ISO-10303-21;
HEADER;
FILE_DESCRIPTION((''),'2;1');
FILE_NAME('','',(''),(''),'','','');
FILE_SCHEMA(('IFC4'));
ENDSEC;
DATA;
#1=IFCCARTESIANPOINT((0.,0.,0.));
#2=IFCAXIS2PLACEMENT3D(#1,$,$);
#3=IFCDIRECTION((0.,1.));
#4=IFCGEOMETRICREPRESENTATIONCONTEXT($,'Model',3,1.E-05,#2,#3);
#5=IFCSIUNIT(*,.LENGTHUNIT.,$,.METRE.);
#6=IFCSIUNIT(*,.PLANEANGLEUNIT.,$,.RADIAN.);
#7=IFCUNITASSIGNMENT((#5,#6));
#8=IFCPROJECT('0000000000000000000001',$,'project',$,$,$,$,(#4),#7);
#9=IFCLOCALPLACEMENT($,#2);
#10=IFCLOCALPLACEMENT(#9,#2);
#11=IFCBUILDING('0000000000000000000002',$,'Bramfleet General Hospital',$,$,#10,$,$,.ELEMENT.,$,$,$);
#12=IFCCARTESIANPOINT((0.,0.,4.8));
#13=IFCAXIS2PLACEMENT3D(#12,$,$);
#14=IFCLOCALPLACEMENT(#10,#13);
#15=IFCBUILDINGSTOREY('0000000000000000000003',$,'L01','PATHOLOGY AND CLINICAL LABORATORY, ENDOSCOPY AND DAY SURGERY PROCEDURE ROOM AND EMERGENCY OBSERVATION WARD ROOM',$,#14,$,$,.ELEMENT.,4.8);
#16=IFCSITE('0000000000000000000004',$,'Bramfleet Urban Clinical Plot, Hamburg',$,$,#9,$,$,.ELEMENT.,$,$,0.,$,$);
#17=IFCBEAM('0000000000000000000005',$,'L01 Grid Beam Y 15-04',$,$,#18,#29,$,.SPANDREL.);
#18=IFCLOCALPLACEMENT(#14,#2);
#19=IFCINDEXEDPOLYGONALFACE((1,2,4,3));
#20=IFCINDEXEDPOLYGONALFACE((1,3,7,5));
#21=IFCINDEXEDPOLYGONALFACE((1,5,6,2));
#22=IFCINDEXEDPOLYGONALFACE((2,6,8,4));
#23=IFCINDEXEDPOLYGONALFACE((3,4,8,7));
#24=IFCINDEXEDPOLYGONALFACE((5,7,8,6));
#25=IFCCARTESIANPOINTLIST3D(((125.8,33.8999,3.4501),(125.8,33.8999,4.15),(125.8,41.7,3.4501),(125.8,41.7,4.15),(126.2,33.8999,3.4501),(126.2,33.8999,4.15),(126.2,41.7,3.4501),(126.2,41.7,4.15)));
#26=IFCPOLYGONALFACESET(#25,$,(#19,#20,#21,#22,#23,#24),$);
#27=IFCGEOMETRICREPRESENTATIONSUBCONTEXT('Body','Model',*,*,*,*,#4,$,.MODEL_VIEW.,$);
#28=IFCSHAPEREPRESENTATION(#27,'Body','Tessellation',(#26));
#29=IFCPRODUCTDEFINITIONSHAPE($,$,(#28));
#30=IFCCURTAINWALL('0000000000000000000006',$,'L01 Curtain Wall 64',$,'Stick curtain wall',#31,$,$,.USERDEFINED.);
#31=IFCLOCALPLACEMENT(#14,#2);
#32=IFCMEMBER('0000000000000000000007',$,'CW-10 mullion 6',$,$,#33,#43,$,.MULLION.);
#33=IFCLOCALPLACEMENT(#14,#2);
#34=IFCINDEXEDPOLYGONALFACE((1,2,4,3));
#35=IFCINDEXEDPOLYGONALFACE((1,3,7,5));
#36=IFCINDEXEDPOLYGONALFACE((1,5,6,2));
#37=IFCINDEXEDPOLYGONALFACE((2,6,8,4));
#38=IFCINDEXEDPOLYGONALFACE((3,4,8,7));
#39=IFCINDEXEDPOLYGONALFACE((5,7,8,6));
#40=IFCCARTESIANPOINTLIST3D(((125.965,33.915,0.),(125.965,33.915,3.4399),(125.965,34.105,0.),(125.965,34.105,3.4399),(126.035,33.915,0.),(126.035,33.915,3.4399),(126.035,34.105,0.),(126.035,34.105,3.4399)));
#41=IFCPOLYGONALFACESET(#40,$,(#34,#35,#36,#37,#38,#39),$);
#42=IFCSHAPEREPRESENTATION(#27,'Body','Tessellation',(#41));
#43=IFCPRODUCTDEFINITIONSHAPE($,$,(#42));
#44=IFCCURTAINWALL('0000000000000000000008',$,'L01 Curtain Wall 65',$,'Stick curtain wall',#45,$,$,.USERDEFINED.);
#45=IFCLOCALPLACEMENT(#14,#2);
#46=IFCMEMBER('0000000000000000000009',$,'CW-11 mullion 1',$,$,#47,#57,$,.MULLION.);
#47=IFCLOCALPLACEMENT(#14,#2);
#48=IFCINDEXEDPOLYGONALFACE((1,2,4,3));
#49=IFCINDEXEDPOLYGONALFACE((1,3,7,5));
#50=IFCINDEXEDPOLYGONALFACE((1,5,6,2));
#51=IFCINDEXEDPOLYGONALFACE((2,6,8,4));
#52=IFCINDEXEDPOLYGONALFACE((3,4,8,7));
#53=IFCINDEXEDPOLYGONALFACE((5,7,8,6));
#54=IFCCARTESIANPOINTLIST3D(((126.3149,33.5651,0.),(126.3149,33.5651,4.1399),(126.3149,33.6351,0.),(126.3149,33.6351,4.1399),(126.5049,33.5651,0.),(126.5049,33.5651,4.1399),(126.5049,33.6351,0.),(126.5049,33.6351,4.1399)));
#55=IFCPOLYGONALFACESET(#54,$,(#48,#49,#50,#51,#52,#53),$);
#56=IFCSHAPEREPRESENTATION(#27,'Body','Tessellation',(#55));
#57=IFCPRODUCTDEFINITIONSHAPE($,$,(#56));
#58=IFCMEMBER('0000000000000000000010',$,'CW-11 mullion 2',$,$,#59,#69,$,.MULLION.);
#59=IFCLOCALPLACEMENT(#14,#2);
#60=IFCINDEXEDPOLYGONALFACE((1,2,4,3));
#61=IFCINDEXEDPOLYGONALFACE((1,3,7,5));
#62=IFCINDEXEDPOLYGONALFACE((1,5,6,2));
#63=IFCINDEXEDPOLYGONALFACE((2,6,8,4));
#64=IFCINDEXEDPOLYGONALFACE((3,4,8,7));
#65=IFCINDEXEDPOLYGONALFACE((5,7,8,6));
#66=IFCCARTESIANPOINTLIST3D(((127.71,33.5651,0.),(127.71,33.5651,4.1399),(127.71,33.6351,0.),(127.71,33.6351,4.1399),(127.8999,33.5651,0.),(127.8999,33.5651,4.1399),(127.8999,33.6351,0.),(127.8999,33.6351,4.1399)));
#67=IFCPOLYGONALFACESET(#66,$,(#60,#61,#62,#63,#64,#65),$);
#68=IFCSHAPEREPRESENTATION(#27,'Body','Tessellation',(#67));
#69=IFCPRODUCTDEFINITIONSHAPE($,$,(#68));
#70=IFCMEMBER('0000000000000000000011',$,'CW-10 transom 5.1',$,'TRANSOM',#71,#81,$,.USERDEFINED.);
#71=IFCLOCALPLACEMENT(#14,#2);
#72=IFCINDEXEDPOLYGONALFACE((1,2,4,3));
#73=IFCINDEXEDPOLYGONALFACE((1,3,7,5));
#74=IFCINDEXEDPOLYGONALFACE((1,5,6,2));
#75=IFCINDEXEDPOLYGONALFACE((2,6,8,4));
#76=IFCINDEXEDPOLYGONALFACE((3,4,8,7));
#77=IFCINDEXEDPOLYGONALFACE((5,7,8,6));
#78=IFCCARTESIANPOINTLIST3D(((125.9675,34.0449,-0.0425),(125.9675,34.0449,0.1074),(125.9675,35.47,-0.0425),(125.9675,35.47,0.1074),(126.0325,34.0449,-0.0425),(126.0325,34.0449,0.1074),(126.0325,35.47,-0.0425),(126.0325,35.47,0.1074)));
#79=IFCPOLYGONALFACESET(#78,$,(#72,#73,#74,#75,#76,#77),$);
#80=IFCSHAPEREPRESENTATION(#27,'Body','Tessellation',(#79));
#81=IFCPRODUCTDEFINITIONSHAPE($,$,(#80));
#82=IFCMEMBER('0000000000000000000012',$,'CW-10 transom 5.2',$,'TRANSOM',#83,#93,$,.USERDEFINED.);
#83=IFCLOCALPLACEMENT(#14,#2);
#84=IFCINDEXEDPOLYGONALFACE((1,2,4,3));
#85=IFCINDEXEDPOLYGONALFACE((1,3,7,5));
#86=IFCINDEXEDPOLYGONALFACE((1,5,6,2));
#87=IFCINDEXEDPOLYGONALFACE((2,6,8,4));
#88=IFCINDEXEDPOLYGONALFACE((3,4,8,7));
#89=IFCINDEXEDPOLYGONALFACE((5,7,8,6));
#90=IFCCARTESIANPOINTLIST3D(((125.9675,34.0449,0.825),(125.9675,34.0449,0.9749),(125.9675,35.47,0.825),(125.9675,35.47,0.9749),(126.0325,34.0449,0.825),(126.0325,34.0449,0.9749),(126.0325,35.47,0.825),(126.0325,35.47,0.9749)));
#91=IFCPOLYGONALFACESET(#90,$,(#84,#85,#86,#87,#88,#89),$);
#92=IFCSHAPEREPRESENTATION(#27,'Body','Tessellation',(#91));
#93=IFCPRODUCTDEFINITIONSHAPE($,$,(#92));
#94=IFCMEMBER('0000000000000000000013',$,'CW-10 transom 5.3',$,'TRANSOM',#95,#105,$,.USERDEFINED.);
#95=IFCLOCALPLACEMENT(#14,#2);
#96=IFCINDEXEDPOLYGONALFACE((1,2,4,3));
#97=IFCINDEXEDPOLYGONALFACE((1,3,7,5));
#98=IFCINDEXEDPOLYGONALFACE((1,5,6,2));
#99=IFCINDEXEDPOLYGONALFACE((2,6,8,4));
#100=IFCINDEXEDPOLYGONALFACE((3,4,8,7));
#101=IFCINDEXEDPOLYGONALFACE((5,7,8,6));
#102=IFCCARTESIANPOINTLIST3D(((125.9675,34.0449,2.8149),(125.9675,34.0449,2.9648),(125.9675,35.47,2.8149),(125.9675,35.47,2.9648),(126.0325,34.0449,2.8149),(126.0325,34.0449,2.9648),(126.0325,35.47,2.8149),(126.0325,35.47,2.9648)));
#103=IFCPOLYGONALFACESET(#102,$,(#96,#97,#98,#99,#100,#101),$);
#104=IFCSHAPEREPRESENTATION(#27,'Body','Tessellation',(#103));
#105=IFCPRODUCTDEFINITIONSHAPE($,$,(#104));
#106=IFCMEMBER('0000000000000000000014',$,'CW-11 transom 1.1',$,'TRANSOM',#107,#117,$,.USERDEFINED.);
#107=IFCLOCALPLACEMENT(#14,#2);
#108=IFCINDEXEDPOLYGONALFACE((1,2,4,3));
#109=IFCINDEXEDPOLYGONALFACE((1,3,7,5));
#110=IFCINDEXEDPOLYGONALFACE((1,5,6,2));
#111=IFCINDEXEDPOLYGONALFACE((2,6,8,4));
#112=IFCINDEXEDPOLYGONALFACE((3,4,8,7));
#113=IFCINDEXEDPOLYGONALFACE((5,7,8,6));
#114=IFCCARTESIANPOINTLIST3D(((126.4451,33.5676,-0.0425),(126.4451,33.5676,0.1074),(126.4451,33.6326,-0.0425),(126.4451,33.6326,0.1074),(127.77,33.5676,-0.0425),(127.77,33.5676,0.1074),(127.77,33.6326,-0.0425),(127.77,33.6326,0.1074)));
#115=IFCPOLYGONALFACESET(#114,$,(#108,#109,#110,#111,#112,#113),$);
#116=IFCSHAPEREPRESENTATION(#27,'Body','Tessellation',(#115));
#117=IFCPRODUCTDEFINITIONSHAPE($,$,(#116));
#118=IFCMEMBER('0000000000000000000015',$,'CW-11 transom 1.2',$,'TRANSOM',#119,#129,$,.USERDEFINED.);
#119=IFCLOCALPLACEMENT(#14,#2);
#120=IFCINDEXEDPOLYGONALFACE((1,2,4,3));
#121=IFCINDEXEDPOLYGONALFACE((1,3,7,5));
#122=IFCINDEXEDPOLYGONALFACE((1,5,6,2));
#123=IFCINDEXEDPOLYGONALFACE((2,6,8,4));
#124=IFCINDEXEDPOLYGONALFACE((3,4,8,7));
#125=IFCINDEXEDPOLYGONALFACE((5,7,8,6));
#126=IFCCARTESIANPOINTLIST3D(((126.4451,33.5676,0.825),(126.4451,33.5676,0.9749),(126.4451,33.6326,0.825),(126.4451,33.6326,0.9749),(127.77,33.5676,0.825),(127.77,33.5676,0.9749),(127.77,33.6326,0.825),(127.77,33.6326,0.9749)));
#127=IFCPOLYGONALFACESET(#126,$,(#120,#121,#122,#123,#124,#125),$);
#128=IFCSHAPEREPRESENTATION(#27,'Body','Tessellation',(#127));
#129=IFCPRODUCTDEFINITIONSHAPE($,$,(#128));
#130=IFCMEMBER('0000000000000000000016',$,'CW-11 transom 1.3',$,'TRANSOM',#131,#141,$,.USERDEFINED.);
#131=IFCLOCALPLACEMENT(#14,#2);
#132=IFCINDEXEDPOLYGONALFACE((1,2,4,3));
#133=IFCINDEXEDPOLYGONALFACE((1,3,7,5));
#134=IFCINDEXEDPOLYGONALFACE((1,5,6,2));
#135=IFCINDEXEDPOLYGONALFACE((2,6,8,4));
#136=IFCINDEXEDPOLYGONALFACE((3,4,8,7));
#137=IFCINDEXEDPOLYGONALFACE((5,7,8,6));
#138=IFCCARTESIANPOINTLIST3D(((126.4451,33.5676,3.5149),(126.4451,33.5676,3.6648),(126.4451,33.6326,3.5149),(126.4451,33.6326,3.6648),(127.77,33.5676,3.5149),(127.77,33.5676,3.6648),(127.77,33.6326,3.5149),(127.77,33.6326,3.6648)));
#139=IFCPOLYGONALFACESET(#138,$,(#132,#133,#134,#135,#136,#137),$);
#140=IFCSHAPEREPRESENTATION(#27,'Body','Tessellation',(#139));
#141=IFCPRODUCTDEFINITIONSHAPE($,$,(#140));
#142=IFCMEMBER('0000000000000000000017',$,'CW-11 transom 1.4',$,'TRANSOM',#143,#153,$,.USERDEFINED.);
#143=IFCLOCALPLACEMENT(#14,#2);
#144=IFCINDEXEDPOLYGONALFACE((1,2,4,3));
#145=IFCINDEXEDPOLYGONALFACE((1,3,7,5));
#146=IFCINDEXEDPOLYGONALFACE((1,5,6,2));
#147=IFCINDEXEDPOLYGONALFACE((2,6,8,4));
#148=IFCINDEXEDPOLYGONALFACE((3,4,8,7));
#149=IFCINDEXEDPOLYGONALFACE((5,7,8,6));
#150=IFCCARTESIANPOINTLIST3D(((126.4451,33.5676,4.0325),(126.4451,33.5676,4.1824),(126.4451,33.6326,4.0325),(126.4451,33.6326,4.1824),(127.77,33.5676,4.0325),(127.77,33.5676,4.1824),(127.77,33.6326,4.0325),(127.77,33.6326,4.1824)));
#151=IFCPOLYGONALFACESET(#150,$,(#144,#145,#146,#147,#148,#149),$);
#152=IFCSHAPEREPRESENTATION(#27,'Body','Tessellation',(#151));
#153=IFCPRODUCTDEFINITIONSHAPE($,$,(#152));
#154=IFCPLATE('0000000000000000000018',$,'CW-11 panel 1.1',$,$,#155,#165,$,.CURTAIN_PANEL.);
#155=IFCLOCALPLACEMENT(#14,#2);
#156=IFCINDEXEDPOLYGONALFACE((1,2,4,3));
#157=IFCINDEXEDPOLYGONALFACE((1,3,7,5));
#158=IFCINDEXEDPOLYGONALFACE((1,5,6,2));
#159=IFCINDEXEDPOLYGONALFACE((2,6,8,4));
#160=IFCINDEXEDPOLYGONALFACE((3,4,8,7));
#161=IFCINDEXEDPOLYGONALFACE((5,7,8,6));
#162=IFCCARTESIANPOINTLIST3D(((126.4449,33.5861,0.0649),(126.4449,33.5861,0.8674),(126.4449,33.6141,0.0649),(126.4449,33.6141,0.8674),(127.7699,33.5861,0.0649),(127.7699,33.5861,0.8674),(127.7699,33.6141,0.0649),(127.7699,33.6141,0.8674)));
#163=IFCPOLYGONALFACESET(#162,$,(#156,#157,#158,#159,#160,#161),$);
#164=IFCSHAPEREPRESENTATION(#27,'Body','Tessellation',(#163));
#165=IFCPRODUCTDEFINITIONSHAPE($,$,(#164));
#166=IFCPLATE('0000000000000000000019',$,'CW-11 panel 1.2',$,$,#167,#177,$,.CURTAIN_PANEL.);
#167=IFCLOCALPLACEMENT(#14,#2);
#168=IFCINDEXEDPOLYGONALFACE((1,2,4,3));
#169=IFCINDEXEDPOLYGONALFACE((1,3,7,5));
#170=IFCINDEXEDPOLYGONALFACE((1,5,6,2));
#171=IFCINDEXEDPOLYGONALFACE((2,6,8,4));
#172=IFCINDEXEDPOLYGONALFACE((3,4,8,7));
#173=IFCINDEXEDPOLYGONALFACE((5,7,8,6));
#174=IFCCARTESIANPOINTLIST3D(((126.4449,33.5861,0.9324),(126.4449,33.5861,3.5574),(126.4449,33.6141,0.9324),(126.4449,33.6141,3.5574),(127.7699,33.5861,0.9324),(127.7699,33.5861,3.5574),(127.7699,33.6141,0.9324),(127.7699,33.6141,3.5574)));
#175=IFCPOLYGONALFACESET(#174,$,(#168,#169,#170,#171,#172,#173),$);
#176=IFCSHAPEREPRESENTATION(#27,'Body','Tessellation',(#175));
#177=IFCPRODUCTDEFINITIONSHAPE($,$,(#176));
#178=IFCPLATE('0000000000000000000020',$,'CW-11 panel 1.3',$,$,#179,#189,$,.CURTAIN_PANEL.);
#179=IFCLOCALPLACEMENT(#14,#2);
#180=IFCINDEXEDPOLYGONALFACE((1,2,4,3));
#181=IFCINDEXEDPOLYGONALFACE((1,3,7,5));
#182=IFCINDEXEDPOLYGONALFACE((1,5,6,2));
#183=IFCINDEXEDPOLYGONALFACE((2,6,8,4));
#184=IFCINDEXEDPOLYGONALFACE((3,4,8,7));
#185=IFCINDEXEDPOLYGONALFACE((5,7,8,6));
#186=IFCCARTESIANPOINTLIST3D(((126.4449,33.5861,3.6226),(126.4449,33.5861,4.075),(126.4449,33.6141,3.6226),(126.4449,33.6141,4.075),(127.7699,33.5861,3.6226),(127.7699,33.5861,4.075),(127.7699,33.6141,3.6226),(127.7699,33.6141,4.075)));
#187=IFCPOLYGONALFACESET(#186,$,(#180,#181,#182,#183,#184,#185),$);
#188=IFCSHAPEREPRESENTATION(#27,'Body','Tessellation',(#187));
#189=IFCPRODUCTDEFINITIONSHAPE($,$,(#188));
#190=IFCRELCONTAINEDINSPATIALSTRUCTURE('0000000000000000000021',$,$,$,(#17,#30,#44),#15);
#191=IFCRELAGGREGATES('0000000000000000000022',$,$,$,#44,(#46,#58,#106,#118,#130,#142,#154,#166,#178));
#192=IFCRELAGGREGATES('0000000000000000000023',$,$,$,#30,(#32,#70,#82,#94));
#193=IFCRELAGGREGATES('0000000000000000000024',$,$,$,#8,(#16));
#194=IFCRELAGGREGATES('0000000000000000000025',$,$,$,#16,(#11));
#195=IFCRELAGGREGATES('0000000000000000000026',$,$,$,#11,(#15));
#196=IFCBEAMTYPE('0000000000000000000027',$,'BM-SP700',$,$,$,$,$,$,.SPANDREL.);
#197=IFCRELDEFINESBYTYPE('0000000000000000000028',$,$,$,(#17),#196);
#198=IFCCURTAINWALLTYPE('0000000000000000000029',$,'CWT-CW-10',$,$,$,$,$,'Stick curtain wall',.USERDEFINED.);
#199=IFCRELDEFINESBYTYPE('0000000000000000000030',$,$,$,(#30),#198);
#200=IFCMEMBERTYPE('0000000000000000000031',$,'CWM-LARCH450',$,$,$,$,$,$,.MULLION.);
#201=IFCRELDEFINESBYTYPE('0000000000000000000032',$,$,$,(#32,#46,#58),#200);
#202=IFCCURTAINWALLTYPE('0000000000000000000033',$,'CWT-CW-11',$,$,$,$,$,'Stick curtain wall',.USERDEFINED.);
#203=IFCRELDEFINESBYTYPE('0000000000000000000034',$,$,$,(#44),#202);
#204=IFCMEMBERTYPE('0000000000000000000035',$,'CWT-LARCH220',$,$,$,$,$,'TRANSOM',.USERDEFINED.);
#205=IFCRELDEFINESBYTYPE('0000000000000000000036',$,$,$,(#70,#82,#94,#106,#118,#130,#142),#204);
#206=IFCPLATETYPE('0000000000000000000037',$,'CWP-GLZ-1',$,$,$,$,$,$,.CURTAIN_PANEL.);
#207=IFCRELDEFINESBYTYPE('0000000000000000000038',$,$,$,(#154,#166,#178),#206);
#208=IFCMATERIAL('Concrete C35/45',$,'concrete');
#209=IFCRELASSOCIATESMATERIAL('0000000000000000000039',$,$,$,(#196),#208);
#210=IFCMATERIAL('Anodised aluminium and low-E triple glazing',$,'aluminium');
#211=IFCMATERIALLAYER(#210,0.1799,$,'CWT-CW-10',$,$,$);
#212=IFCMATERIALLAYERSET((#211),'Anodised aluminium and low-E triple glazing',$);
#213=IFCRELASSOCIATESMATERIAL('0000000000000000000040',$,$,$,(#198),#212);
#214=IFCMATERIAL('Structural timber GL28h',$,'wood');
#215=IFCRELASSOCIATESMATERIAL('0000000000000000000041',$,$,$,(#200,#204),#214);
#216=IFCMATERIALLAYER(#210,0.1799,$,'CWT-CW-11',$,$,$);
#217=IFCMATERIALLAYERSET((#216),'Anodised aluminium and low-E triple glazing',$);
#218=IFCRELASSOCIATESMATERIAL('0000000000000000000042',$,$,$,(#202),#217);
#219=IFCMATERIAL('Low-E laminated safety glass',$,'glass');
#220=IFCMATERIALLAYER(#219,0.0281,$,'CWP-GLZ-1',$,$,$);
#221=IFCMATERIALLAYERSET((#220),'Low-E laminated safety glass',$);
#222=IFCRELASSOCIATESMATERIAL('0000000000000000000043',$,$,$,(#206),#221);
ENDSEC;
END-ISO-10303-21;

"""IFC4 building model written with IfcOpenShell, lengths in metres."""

from ifc_helpers import new_model, si_unit, direction, frame, origin, origin_2d, place, context, subcontext, project, spatial, rectangle, extrude, material, layer, layer_set, material_profile, profile_set, type_object, element, aggregate, save


model = new_model("IFC4")

# Units and contexts
model_context = context("Model", 3, precision=1e-05, world=origin(), true_north=direction((0.0, 1.0)))
body_context = subcontext(model_context, "Body", "Model", "MODEL_VIEW")
ifc_project = project(units=[si_unit("LENGTHUNIT", "METRE"), si_unit("PLANEANGLEUNIT", "RADIAN")], contexts=[model_context])

# Site, building, storey
site_placement = place(None, origin())
site = spatial("IfcSite", under=ifc_project, at=site_placement, Name="Bramfleet Urban Clinical Plot, Hamburg", CompositionType="ELEMENT", RefElevation=0.0)
building_placement = place(site_placement, origin())
building = spatial("IfcBuilding", under=site, at=building_placement, Name="Bramfleet General Hospital", CompositionType="ELEMENT")
storey_placement = place(building_placement, frame((0.0, 0.0, 4.8)))
storey = spatial("IfcBuildingStorey", under=building, at=storey_placement, Name="L01", Description="PATHOLOGY AND CLINICAL LABORATORY, ENDOSCOPY AND DAY SURGERY PROCEDURE ROOM AND EMERGENCY OBSERVATION WARD ROOM", CompositionType="ELEMENT", Elevation=4.8)

# Beam
ifc_material_1 = material(Name="Concrete C35/45", Category="concrete")
ifc_material_profile_1 = material_profile(ifc_material_1, rectangle(XDim=0.3999, YDim=0.7, at=origin_2d()), Name="RC SP 700x400")
ifc_profile_set_1 = profile_set([ifc_material_profile_1], Name="Concrete C35/45")
beam_type = type_object("IfcBeamType", Name="BM-SP700", PredefinedType="SPANDREL", material=ifc_profile_set_1)
beam_placement = place(storey_placement, frame((126.0, 33.8999, 3.8), z_axis=(0.0, 1.0, 0.0), x_axis=(-1.0, 0.0, 0.0)))
element("IfcBeam", 1, at=beam_placement, inside=storey, type_object=beam_type, Name="L01 Grid Beam Y 15-04", PredefinedType="SPANDREL", context=body_context, shape_type="SweptSolid", body=[
    extrude(rectangle(XDim=0.3999, YDim=0.7, at=origin_2d()), origin(), (0.0, 0.0, 1.0), 7.8),
])

# Curtain wall, member
ifc_material_2 = material(Name="Anodised aluminium and low-E triple glazing", Category="aluminium")
ifc_layer_1 = layer(ifc_material_2, 0.1799, Name="CWT-CW-10")
ifc_layer_set_1 = layer_set([ifc_layer_1], Name="Anodised aluminium and low-E triple glazing")
curtain_wall_type_1 = type_object("IfcCurtainWallType", Name="CWT-CW-10", ElementType="Stick curtain wall", PredefinedType="USERDEFINED", material=ifc_layer_set_1)
curtain_wall_1_placement = place(storey_placement, origin())
curtain_wall_1 = element("IfcCurtainWall", 2, at=curtain_wall_1_placement, inside=storey, type_object=curtain_wall_type_1, Name="L01 Curtain Wall 64", ObjectType="Stick curtain wall", PredefinedType="USERDEFINED")
ifc_material_3 = material(Name="Structural timber GL28h", Category="wood")
ifc_material_profile_2 = material_profile(ifc_material_3, rectangle(XDim=0.0701, YDim=0.1899, at=origin_2d()), Name="LARCH 190x70")
ifc_profile_set_2 = profile_set([ifc_material_profile_2], Name="Structural timber GL28h")
member_type_1 = type_object("IfcMemberType", Name="CWM-LARCH450", PredefinedType="MULLION", material=ifc_profile_set_2)
member_1_placement = place(storey_placement, frame((126.0, 34.01, 0.0), z_axis=(0.0, 0.0, 1.0), x_axis=(1.0, 0.0, 0.0)))
member_1 = element("IfcMember", 3, at=member_1_placement, type_object=member_type_1, Name="CW-10 mullion 6", PredefinedType="MULLION", context=body_context, shape_type="SweptSolid", body=[
    extrude(rectangle(XDim=0.0701, YDim=0.1899, at=origin_2d()), origin(), (0.0, 0.0, 1.0), 3.4399),
])

# Curtain wall, members
ifc_layer_2 = layer(ifc_material_2, 0.1799, Name="CWT-CW-11")
ifc_layer_set_2 = layer_set([ifc_layer_2], Name="Anodised aluminium and low-E triple glazing")
curtain_wall_type_2 = type_object("IfcCurtainWallType", Name="CWT-CW-11", ElementType="Stick curtain wall", PredefinedType="USERDEFINED", material=ifc_layer_set_2)
curtain_wall_2_placement = place(storey_placement, origin())
curtain_wall_2 = element("IfcCurtainWall", 4, at=curtain_wall_2_placement, inside=storey, type_object=curtain_wall_type_2, Name="L01 Curtain Wall 65", ObjectType="Stick curtain wall", PredefinedType="USERDEFINED")
member_2_placement = place(storey_placement, frame((126.4099, 33.6001, 0.0), z_axis=(0.0, 0.0, 1.0), x_axis=(0.0, 1.0, 0.0)))
member_2 = element("IfcMember", 5, at=member_2_placement, type_object=member_type_1, Name="CW-11 mullion 1", PredefinedType="MULLION", context=body_context, shape_type="SweptSolid", body=[
    extrude(rectangle(XDim=0.0701, YDim=0.1899, at=origin_2d()), origin(), (0.0, 0.0, 1.0), 4.1399),
])
member_3_placement = place(storey_placement, frame((127.8049, 33.6001, 0.0), z_axis=(0.0, 0.0, 1.0), x_axis=(0.0, 1.0, 0.0)))
member_3 = element("IfcMember", 6, at=member_3_placement, type_object=member_type_1, Name="CW-11 mullion 2", PredefinedType="MULLION", context=body_context, shape_type="SweptSolid", body=[
    extrude(rectangle(XDim=0.0701, YDim=0.1899, at=origin_2d()), origin(), (0.0, 0.0, 1.0), 4.1399),
])

# Members
ifc_material_profile_3 = material_profile(ifc_material_3, rectangle(XDim=0.0649, YDim=0.1499, at=origin_2d()), Name="LARCH 150x65")
ifc_profile_set_3 = profile_set([ifc_material_profile_3], Name="Structural timber GL28h")
member_type_2 = type_object("IfcMemberType", Name="CWT-LARCH220", ElementType="TRANSOM", PredefinedType="USERDEFINED", material=ifc_profile_set_3)
member_4_placement = place(storey_placement, frame((126.0, 35.47, 0.0325), z_axis=(0.0, -1.0, 0.0), x_axis=(1.0, 0.0, 0.0)))
member_4 = element("IfcMember", 7, at=member_4_placement, type_object=member_type_2, Name="CW-10 transom 5.1", ObjectType="TRANSOM", PredefinedType="USERDEFINED", context=body_context, shape_type="SweptSolid", body=[
    extrude(rectangle(XDim=0.0649, YDim=0.1499, at=origin_2d()), origin(), (0.0, 0.0, 1.0), 1.425),
])
member_5_placement = place(storey_placement, frame((126.0, 35.47, 0.8999), z_axis=(0.0, -1.0, 0.0), x_axis=(1.0, 0.0, 0.0)))
member_5 = element("IfcMember", 8, at=member_5_placement, type_object=member_type_2, Name="CW-10 transom 5.2", ObjectType="TRANSOM", PredefinedType="USERDEFINED", context=body_context, shape_type="SweptSolid", body=[
    extrude(rectangle(XDim=0.0649, YDim=0.1499, at=origin_2d()), origin(), (0.0, 0.0, 1.0), 1.425),
])
member_6_placement = place(storey_placement, frame((126.0, 35.47, 2.8899), z_axis=(0.0, -1.0, 0.0), x_axis=(1.0, 0.0, 0.0)))
member_6 = element("IfcMember", 9, at=member_6_placement, type_object=member_type_2, Name="CW-10 transom 5.3", ObjectType="TRANSOM", PredefinedType="USERDEFINED", context=body_context, shape_type="SweptSolid", body=[
    extrude(rectangle(XDim=0.0649, YDim=0.1499, at=origin_2d()), origin(), (0.0, 0.0, 1.0), 1.425),
])
member_7_placement = place(storey_placement, frame((126.4451, 33.6001, 0.0325), z_axis=(1.0, 0.0, 0.0), x_axis=(0.0, 1.0, 0.0)))
member_7 = element("IfcMember", 10, at=member_7_placement, type_object=member_type_2, Name="CW-11 transom 1.1", ObjectType="TRANSOM", PredefinedType="USERDEFINED", context=body_context, shape_type="SweptSolid", body=[
    extrude(rectangle(XDim=0.0649, YDim=0.1499, at=origin_2d()), origin(), (0.0, 0.0, 1.0), 1.325),
])
member_8_placement = place(storey_placement, frame((126.4451, 33.6001, 0.8999), z_axis=(1.0, 0.0, 0.0), x_axis=(0.0, 1.0, 0.0)))
member_8 = element("IfcMember", 11, at=member_8_placement, type_object=member_type_2, Name="CW-11 transom 1.2", ObjectType="TRANSOM", PredefinedType="USERDEFINED", context=body_context, shape_type="SweptSolid", body=[
    extrude(rectangle(XDim=0.0649, YDim=0.1499, at=origin_2d()), origin(), (0.0, 0.0, 1.0), 1.325),
])
member_9_placement = place(storey_placement, frame((126.4451, 33.6001, 3.5898), z_axis=(1.0, 0.0, 0.0), x_axis=(0.0, 1.0, 0.0)))
member_9 = element("IfcMember", 12, at=member_9_placement, type_object=member_type_2, Name="CW-11 transom 1.3", ObjectType="TRANSOM", PredefinedType="USERDEFINED", context=body_context, shape_type="SweptSolid", body=[
    extrude(rectangle(XDim=0.0649, YDim=0.1499, at=origin_2d()), origin(), (0.0, 0.0, 1.0), 1.325),
])
member_10_placement = place(storey_placement, frame((126.4451, 33.6001, 4.1074), z_axis=(1.0, 0.0, 0.0), x_axis=(0.0, 1.0, 0.0)))
member_10 = element("IfcMember", 13, at=member_10_placement, type_object=member_type_2, Name="CW-11 transom 1.4", ObjectType="TRANSOM", PredefinedType="USERDEFINED", context=body_context, shape_type="SweptSolid", body=[
    extrude(rectangle(XDim=0.0649, YDim=0.1499, at=origin_2d()), origin(), (0.0, 0.0, 1.0), 1.325),
])

# Plates
ifc_material_4 = material(Name="Low-E laminated safety glass", Category="glass")
ifc_layer_3 = layer(ifc_material_4, 0.0281, Name="CWP-GLZ-1")
ifc_layer_set_3 = layer_set([ifc_layer_3], Name="Low-E laminated safety glass")
plate_type_1 = type_object("IfcPlateType", Name="CWP-GLZ-1", PredefinedType="CURTAIN_PANEL", material=ifc_layer_set_3)
plate_1_placement = place(storey_placement, frame((127.1074, 33.6001, 0.0649), z_axis=(0.0, 0.0, 1.0), x_axis=(1.0, 0.0, 0.0)))
plate_1 = element("IfcPlate", 14, at=plate_1_placement, type_object=plate_type_1, Name="CW-11 panel 1.1", PredefinedType="CURTAIN_PANEL", context=body_context, shape_type="SweptSolid", body=[
    extrude(rectangle(XDim=1.325, YDim=0.0281, at=origin_2d()), origin(), (0.0, 0.0, 1.0), 0.8025),
])
plate_2_placement = place(storey_placement, frame((127.1074, 33.6001, 0.9324), z_axis=(0.0, 0.0, 1.0), x_axis=(1.0, 0.0, 0.0)))
plate_2 = element("IfcPlate", 15, at=plate_2_placement, type_object=plate_type_1, Name="CW-11 panel 1.2", PredefinedType="CURTAIN_PANEL", context=body_context, shape_type="SweptSolid", body=[
    extrude(rectangle(XDim=1.325, YDim=0.0281, at=origin_2d()), origin(), (0.0, 0.0, 1.0), 2.625),
])
plate_3_placement = place(storey_placement, frame((127.1074, 33.6001, 3.6226), z_axis=(0.0, 0.0, 1.0), x_axis=(1.0, 0.0, 0.0)))
plate_3 = element("IfcPlate", 16, at=plate_3_placement, type_object=plate_type_1, Name="CW-11 panel 1.3", PredefinedType="CURTAIN_PANEL", context=body_context, shape_type="SweptSolid", body=[
    extrude(rectangle(XDim=1.325, YDim=0.0281, at=origin_2d()), origin(), (0.0, 0.0, 1.0), 0.4524),
])
aggregate(curtain_wall_2, [member_2, member_3, member_7, member_8, member_9, member_10, plate_1, plate_2, plate_3])
aggregate(curtain_wall_1, [member_1, member_4, member_5, member_6])

save(model, "model.ifc")
